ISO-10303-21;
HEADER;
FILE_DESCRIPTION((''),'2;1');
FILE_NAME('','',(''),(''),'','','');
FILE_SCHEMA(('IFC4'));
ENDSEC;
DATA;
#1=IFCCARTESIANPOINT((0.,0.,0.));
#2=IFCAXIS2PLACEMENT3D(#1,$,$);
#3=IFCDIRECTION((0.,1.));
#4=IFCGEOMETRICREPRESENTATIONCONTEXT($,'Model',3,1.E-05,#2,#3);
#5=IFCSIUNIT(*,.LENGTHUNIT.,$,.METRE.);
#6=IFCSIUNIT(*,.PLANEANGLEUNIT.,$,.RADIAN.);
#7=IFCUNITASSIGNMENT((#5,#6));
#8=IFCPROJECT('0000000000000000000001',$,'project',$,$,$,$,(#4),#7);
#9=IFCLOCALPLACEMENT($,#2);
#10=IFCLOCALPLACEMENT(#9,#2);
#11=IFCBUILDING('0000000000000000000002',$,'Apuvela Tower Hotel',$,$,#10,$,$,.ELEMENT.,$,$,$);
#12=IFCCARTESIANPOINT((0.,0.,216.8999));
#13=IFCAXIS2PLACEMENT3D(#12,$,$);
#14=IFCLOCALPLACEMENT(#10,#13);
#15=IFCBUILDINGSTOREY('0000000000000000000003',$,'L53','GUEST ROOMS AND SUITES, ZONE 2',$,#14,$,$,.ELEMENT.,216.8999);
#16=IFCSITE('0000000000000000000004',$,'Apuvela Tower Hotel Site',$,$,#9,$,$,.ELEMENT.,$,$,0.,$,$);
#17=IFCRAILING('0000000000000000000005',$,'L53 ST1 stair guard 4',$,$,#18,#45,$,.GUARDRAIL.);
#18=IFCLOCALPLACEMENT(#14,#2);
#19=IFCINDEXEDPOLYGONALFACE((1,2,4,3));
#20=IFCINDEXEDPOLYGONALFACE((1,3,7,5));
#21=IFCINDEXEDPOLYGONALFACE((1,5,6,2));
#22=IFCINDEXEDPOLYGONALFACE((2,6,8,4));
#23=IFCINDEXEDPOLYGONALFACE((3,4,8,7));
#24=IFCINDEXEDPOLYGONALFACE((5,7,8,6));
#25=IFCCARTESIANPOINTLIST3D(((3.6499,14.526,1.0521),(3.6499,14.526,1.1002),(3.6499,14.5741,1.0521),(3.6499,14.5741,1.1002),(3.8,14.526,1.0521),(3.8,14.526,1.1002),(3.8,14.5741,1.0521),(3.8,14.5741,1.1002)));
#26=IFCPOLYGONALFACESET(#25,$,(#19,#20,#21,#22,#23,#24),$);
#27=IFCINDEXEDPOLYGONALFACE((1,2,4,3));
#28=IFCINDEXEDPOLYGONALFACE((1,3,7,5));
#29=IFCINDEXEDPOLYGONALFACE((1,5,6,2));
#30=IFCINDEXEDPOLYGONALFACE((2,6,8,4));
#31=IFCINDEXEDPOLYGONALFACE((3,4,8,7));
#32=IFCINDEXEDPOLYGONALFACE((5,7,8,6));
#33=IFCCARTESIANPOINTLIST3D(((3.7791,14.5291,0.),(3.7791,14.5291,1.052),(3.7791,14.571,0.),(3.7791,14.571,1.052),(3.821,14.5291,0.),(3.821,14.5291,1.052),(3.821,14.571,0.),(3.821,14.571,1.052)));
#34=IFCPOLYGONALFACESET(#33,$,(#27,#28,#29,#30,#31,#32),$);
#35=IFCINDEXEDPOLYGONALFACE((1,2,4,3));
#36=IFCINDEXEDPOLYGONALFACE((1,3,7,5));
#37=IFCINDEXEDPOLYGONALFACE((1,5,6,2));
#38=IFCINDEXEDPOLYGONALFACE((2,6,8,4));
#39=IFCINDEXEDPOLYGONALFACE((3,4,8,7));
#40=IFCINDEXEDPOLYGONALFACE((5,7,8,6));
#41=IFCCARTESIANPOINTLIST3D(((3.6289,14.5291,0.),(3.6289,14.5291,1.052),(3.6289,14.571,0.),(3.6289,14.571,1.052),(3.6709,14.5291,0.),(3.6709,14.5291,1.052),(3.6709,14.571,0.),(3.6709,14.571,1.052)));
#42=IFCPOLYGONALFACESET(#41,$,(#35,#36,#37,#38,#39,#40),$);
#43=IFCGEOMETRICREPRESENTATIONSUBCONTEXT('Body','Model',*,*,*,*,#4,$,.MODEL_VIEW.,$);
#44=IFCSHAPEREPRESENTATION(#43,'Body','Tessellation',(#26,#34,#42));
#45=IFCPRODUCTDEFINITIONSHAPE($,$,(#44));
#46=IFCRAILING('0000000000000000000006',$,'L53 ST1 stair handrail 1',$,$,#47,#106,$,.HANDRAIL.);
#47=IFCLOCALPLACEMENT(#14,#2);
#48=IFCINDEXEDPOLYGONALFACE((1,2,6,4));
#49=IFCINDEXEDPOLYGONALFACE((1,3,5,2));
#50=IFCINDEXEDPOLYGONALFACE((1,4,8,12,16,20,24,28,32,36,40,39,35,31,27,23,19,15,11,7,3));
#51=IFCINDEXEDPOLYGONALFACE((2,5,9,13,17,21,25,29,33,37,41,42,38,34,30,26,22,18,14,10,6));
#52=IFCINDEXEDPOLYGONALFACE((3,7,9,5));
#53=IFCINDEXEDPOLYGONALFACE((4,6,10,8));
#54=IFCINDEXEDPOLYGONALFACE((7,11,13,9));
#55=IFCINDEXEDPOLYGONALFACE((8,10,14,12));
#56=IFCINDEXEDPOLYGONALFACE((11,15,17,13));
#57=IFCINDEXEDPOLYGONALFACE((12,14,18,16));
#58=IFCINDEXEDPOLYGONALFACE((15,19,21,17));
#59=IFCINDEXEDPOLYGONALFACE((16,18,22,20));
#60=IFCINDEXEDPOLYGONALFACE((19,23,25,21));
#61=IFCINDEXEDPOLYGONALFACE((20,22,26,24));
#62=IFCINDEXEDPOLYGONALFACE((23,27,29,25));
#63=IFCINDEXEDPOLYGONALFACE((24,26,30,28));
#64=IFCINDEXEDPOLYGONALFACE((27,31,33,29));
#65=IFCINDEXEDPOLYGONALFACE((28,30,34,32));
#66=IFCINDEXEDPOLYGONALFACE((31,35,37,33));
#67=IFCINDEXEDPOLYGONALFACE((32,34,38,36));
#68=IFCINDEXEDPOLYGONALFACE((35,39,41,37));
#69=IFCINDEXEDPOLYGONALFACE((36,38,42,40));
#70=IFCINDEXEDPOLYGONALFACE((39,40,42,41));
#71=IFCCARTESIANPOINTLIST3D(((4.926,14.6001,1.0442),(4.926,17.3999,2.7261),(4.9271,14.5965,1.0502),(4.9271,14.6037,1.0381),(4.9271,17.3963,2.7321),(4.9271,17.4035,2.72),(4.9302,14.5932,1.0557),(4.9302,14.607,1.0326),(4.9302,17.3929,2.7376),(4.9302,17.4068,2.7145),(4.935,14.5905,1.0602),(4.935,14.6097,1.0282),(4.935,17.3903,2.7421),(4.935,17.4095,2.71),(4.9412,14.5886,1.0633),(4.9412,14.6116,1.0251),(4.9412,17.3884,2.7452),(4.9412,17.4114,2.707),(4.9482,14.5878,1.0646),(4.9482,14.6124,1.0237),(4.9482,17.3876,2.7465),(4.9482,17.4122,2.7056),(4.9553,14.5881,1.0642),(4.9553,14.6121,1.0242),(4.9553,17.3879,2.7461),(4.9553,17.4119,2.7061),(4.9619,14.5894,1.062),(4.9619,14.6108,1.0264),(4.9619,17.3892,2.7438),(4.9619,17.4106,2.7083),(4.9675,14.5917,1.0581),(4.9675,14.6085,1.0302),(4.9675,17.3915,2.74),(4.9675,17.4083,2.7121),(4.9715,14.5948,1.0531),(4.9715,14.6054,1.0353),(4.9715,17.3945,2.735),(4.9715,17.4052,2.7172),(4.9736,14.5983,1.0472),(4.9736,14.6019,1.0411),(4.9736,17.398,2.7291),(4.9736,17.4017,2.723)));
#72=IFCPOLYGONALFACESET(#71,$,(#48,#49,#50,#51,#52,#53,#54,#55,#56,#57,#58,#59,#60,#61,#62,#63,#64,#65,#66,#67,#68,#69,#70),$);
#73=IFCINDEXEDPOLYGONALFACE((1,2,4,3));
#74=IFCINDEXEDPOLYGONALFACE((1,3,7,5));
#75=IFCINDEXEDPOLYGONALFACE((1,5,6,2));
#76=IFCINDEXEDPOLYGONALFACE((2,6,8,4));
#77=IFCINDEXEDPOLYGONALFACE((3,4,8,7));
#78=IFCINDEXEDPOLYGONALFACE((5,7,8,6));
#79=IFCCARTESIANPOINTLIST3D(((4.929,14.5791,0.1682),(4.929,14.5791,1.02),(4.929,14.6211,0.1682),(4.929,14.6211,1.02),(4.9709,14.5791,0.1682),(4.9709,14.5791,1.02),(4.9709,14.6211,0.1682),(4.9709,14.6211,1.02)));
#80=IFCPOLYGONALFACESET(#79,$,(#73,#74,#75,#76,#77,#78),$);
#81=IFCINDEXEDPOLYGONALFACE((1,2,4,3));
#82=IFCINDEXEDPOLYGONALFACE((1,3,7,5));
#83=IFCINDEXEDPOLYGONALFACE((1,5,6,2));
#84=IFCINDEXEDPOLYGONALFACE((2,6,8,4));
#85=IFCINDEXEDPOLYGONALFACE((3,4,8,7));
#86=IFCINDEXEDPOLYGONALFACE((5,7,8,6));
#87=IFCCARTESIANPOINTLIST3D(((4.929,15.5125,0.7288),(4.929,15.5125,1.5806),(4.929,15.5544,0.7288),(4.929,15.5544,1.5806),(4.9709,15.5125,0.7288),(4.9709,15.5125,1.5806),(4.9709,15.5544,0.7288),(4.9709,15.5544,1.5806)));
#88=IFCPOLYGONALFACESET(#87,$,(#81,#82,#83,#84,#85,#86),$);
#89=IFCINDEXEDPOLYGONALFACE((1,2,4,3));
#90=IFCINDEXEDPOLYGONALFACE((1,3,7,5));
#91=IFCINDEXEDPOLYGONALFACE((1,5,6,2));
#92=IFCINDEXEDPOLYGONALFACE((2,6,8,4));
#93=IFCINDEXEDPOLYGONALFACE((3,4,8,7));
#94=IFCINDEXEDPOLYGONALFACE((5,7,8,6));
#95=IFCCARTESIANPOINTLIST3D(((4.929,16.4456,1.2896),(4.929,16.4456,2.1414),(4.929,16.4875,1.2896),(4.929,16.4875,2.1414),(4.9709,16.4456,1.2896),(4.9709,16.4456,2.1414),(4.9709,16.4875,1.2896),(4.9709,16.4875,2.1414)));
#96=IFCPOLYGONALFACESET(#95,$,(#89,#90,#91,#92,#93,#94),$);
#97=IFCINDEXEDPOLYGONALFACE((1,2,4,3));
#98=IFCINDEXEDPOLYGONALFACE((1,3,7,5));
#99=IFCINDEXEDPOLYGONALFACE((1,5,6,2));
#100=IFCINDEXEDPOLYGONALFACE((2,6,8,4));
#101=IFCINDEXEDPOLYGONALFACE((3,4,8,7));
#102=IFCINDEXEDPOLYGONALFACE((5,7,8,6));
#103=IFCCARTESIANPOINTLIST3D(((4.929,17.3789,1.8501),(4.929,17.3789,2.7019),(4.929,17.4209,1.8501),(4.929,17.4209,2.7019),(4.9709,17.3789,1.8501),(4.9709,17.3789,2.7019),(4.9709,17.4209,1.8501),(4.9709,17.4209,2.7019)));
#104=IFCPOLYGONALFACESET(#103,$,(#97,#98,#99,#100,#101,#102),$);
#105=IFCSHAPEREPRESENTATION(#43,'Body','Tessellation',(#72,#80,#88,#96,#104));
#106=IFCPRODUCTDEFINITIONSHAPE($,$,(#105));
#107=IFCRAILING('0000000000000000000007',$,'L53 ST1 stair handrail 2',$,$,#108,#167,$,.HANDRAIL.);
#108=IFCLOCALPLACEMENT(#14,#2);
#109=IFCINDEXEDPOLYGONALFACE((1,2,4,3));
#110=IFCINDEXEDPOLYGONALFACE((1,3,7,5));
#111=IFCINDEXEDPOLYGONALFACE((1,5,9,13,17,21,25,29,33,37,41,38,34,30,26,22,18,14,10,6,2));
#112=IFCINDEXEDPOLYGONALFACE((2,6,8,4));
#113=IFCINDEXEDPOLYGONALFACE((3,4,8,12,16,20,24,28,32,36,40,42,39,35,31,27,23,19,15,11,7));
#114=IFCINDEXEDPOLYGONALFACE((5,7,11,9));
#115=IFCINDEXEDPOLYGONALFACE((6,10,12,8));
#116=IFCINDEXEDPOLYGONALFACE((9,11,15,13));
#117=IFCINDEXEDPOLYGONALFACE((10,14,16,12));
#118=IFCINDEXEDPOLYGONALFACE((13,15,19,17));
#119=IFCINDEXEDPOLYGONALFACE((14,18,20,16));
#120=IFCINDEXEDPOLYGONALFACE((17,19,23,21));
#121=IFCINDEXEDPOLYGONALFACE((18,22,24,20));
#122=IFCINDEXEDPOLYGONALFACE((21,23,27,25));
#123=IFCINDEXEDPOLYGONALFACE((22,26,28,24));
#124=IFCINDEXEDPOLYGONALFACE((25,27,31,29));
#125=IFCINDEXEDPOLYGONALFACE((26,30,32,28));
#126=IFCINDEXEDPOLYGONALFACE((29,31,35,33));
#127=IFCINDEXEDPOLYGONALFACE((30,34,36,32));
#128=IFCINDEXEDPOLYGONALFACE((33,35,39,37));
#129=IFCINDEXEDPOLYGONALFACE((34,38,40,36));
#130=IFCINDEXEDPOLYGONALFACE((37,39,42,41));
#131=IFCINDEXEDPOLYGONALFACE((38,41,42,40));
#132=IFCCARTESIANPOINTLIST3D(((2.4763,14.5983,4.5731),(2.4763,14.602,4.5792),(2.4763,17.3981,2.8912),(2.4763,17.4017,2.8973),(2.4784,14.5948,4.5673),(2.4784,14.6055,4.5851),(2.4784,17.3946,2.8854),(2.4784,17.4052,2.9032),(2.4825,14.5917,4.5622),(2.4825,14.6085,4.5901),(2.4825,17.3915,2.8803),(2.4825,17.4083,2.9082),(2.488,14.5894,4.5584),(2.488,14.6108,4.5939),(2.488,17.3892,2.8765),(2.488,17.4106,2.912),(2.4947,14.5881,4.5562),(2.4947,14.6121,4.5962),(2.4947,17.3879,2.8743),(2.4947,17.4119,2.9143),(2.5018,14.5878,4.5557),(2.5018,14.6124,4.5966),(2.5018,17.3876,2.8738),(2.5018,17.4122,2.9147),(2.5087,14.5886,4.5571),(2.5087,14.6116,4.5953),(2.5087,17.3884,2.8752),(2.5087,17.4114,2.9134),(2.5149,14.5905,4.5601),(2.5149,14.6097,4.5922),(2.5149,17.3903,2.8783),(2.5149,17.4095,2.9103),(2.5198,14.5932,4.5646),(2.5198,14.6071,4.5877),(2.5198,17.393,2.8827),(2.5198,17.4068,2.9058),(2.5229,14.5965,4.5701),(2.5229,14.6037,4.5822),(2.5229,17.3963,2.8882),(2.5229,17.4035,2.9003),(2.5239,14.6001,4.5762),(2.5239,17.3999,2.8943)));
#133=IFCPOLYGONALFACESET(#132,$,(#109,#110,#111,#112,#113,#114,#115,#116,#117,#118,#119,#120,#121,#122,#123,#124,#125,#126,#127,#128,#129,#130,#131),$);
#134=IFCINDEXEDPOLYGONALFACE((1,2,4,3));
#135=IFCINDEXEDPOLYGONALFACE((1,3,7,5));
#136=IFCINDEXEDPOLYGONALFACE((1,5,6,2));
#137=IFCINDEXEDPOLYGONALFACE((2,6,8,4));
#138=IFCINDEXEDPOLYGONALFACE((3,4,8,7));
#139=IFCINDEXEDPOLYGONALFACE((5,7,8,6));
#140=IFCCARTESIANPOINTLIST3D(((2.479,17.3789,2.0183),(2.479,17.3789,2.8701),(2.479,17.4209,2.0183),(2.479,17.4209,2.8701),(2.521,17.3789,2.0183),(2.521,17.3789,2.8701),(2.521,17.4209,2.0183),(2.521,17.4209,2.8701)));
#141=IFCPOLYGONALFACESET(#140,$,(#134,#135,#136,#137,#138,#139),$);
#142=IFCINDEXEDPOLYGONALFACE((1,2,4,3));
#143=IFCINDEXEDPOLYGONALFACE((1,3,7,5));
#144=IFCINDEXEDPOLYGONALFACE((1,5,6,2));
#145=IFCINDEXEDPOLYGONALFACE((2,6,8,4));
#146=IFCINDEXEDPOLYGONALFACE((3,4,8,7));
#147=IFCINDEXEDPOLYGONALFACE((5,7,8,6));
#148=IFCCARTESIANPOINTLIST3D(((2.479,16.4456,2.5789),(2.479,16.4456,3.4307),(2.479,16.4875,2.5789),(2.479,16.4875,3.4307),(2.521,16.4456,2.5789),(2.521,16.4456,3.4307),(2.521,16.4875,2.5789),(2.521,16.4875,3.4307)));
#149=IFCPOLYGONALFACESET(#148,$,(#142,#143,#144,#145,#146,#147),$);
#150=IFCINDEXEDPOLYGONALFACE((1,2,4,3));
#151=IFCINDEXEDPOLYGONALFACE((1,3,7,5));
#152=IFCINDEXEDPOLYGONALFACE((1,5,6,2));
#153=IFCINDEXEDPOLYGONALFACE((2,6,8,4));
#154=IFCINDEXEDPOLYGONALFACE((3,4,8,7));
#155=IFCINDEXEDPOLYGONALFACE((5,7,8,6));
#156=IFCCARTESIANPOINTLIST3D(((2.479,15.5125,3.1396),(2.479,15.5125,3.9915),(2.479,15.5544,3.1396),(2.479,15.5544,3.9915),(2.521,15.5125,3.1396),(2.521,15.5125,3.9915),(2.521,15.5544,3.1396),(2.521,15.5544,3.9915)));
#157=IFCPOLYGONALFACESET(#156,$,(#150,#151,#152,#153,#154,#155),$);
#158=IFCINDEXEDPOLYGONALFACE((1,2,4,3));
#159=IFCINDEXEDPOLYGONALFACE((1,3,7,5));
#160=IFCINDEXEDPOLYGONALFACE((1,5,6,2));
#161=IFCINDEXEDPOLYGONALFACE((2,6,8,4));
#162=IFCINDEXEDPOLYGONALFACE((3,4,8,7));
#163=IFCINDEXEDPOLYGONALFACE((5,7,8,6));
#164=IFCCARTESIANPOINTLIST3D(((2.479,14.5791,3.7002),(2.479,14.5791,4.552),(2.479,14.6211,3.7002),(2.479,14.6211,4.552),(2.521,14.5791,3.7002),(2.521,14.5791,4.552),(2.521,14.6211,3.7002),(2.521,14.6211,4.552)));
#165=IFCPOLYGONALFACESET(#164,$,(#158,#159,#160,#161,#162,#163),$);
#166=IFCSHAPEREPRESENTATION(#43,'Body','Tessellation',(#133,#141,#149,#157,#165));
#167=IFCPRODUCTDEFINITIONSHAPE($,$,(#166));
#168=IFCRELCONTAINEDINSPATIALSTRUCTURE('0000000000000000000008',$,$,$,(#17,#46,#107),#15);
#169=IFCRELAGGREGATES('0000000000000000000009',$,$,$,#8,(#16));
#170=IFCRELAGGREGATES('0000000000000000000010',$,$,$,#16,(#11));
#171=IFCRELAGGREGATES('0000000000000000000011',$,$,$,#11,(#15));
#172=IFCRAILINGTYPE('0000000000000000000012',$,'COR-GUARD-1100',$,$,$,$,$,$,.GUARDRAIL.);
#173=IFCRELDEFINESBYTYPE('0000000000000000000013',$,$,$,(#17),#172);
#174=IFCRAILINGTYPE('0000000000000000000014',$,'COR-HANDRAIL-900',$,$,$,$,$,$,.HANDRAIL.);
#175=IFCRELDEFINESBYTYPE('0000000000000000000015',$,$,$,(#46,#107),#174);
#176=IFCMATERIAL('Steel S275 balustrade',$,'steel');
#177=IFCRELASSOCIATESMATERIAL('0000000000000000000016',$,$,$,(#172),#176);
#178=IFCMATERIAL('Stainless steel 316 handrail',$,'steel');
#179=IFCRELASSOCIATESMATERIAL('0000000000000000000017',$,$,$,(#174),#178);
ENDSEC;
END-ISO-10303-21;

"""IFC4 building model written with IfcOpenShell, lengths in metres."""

from ifc_helpers import new_model, si_unit, direction, frame, origin, origin_2d, place, context, subcontext, project, spatial, rectangle, circle, extrude, material, type_object, element, save


model = new_model("IFC4")

# Units and contexts
model_context = context("Model", 3, precision=1e-05, world=origin(), true_north=direction((0.0, 1.0)))
body_context = subcontext(model_context, "Body", "Model", "MODEL_VIEW")
ifc_project = project(units=[si_unit("LENGTHUNIT", "METRE"), si_unit("PLANEANGLEUNIT", "RADIAN")], contexts=[model_context])

# Site, building, storey
site_placement = place(None, origin())
site = spatial("IfcSite", under=ifc_project, at=site_placement, Name="Apuvela Tower Hotel Site", CompositionType="ELEMENT", RefElevation=0.0)
building_placement = place(site_placement, origin())
building = spatial("IfcBuilding", under=site, at=building_placement, Name="Apuvela Tower Hotel", CompositionType="ELEMENT")
storey_placement = place(building_placement, frame((0.0, 0.0, 216.8999)))
storey = spatial("IfcBuildingStorey", under=building, at=storey_placement, Name="L53", Description="GUEST ROOMS AND SUITES, ZONE 2", CompositionType="ELEMENT", Elevation=216.8999)

# Railings
ifc_material_1 = material(Name="Steel S275 balustrade", Category="steel")
railing_type_1 = type_object("IfcRailingType", Name="COR-GUARD-1100", PredefinedType="GUARDRAIL", material=ifc_material_1)
railing_1_placement = place(storey_placement, frame((3.8, 14.55, 0.0)))
element("IfcRailing", 1, at=railing_1_placement, inside=storey, type_object=railing_type_1, Name="L53 ST1 stair guard 4", PredefinedType="GUARDRAIL", context=body_context, shape_type="SweptSolid", body=[
    extrude(rectangle(XDim=0.0481, YDim=0.0481, at=origin_2d()), frame((0.0, 0.0, 1.0762), z_axis=(-1.0, 0.0, 0.0), x_axis=(0.0, -1.0, 0.0)), (0.0, 0.0, 1.0), 0.1501),
    extrude(rectangle(XDim=0.042, YDim=0.042, at=origin_2d()), origin(), (0.0, 0.0, 1.0), 1.052),
    extrude(rectangle(XDim=0.042, YDim=0.042, at=origin_2d()), frame((-0.1501, 0.0, 0.0)), (0.0, 0.0, 1.0), 1.052),
])
ifc_material_2 = material(Name="Stainless steel 316 handrail", Category="steel")
railing_type_2 = type_object("IfcRailingType", Name="COR-HANDRAIL-900", PredefinedType="HANDRAIL", material=ifc_material_2)
railing_2_placement = place(storey_placement, frame((4.95, 14.6001, 0.1682)))
element("IfcRailing", 2, at=railing_2_placement, inside=storey, type_object=railing_type_2, Name="L53 ST1 stair handrail 1", PredefinedType="HANDRAIL", context=body_context, shape_type="SweptSolid", body=[
    extrude(circle(Radius=0.0239, at=origin_2d()), frame((0.0, 0.0, 0.876), z_axis=(0.0, 0.857222, 0.514946), x_axis=(-1.0, 0.0, 0.0)), (0.0, 0.0, 1.0), 3.2661),
    extrude(rectangle(XDim=0.042, YDim=0.042, at=origin_2d()), origin(), (0.0, 0.0, 1.0), 0.8518),
    extrude(rectangle(XDim=0.042, YDim=0.042, at=origin_2d()), frame((0.0, 0.9333, 0.5605)), (0.0, 0.0, 1.0), 0.8518),
    extrude(rectangle(XDim=0.042, YDim=0.042, at=origin_2d()), frame((0.0, 1.8665, 1.1213)), (0.0, 0.0, 1.0), 0.8518),
    extrude(rectangle(XDim=0.042, YDim=0.042, at=origin_2d()), frame((0.0, 2.7998, 1.6819)), (0.0, 0.0, 1.0), 0.8518),
])
railing_3_placement = place(storey_placement, frame((2.5, 17.3999, 2.0183)))
element("IfcRailing", 3, at=railing_3_placement, inside=storey, type_object=railing_type_2, Name="L53 ST1 stair handrail 2", PredefinedType="HANDRAIL", context=body_context, shape_type="SweptSolid", body=[
    extrude(circle(Radius=0.0239, at=origin_2d()), frame((0.0, 0.0, 0.876), z_axis=(0.0, -0.857222, 0.514946), x_axis=(1.0, 0.0, 0.0)), (0.0, 0.0, 1.0), 3.2661),
    extrude(rectangle(XDim=0.042, YDim=0.042, at=origin_2d()), origin(), (0.0, 0.0, 1.0), 0.8518),
    extrude(rectangle(XDim=0.042, YDim=0.042, at=origin_2d()), frame((0.0, -0.9333, 0.5605)), (0.0, 0.0, 1.0), 0.8518),
    extrude(rectangle(XDim=0.042, YDim=0.042, at=origin_2d()), frame((0.0, -1.8665, 1.1213)), (0.0, 0.0, 1.0), 0.8518),
    extrude(rectangle(XDim=0.042, YDim=0.042, at=origin_2d()), frame((0.0, -2.7998, 1.6819)), (0.0, 0.0, 1.0), 0.8518),
])

save(model, "model.ifc")
